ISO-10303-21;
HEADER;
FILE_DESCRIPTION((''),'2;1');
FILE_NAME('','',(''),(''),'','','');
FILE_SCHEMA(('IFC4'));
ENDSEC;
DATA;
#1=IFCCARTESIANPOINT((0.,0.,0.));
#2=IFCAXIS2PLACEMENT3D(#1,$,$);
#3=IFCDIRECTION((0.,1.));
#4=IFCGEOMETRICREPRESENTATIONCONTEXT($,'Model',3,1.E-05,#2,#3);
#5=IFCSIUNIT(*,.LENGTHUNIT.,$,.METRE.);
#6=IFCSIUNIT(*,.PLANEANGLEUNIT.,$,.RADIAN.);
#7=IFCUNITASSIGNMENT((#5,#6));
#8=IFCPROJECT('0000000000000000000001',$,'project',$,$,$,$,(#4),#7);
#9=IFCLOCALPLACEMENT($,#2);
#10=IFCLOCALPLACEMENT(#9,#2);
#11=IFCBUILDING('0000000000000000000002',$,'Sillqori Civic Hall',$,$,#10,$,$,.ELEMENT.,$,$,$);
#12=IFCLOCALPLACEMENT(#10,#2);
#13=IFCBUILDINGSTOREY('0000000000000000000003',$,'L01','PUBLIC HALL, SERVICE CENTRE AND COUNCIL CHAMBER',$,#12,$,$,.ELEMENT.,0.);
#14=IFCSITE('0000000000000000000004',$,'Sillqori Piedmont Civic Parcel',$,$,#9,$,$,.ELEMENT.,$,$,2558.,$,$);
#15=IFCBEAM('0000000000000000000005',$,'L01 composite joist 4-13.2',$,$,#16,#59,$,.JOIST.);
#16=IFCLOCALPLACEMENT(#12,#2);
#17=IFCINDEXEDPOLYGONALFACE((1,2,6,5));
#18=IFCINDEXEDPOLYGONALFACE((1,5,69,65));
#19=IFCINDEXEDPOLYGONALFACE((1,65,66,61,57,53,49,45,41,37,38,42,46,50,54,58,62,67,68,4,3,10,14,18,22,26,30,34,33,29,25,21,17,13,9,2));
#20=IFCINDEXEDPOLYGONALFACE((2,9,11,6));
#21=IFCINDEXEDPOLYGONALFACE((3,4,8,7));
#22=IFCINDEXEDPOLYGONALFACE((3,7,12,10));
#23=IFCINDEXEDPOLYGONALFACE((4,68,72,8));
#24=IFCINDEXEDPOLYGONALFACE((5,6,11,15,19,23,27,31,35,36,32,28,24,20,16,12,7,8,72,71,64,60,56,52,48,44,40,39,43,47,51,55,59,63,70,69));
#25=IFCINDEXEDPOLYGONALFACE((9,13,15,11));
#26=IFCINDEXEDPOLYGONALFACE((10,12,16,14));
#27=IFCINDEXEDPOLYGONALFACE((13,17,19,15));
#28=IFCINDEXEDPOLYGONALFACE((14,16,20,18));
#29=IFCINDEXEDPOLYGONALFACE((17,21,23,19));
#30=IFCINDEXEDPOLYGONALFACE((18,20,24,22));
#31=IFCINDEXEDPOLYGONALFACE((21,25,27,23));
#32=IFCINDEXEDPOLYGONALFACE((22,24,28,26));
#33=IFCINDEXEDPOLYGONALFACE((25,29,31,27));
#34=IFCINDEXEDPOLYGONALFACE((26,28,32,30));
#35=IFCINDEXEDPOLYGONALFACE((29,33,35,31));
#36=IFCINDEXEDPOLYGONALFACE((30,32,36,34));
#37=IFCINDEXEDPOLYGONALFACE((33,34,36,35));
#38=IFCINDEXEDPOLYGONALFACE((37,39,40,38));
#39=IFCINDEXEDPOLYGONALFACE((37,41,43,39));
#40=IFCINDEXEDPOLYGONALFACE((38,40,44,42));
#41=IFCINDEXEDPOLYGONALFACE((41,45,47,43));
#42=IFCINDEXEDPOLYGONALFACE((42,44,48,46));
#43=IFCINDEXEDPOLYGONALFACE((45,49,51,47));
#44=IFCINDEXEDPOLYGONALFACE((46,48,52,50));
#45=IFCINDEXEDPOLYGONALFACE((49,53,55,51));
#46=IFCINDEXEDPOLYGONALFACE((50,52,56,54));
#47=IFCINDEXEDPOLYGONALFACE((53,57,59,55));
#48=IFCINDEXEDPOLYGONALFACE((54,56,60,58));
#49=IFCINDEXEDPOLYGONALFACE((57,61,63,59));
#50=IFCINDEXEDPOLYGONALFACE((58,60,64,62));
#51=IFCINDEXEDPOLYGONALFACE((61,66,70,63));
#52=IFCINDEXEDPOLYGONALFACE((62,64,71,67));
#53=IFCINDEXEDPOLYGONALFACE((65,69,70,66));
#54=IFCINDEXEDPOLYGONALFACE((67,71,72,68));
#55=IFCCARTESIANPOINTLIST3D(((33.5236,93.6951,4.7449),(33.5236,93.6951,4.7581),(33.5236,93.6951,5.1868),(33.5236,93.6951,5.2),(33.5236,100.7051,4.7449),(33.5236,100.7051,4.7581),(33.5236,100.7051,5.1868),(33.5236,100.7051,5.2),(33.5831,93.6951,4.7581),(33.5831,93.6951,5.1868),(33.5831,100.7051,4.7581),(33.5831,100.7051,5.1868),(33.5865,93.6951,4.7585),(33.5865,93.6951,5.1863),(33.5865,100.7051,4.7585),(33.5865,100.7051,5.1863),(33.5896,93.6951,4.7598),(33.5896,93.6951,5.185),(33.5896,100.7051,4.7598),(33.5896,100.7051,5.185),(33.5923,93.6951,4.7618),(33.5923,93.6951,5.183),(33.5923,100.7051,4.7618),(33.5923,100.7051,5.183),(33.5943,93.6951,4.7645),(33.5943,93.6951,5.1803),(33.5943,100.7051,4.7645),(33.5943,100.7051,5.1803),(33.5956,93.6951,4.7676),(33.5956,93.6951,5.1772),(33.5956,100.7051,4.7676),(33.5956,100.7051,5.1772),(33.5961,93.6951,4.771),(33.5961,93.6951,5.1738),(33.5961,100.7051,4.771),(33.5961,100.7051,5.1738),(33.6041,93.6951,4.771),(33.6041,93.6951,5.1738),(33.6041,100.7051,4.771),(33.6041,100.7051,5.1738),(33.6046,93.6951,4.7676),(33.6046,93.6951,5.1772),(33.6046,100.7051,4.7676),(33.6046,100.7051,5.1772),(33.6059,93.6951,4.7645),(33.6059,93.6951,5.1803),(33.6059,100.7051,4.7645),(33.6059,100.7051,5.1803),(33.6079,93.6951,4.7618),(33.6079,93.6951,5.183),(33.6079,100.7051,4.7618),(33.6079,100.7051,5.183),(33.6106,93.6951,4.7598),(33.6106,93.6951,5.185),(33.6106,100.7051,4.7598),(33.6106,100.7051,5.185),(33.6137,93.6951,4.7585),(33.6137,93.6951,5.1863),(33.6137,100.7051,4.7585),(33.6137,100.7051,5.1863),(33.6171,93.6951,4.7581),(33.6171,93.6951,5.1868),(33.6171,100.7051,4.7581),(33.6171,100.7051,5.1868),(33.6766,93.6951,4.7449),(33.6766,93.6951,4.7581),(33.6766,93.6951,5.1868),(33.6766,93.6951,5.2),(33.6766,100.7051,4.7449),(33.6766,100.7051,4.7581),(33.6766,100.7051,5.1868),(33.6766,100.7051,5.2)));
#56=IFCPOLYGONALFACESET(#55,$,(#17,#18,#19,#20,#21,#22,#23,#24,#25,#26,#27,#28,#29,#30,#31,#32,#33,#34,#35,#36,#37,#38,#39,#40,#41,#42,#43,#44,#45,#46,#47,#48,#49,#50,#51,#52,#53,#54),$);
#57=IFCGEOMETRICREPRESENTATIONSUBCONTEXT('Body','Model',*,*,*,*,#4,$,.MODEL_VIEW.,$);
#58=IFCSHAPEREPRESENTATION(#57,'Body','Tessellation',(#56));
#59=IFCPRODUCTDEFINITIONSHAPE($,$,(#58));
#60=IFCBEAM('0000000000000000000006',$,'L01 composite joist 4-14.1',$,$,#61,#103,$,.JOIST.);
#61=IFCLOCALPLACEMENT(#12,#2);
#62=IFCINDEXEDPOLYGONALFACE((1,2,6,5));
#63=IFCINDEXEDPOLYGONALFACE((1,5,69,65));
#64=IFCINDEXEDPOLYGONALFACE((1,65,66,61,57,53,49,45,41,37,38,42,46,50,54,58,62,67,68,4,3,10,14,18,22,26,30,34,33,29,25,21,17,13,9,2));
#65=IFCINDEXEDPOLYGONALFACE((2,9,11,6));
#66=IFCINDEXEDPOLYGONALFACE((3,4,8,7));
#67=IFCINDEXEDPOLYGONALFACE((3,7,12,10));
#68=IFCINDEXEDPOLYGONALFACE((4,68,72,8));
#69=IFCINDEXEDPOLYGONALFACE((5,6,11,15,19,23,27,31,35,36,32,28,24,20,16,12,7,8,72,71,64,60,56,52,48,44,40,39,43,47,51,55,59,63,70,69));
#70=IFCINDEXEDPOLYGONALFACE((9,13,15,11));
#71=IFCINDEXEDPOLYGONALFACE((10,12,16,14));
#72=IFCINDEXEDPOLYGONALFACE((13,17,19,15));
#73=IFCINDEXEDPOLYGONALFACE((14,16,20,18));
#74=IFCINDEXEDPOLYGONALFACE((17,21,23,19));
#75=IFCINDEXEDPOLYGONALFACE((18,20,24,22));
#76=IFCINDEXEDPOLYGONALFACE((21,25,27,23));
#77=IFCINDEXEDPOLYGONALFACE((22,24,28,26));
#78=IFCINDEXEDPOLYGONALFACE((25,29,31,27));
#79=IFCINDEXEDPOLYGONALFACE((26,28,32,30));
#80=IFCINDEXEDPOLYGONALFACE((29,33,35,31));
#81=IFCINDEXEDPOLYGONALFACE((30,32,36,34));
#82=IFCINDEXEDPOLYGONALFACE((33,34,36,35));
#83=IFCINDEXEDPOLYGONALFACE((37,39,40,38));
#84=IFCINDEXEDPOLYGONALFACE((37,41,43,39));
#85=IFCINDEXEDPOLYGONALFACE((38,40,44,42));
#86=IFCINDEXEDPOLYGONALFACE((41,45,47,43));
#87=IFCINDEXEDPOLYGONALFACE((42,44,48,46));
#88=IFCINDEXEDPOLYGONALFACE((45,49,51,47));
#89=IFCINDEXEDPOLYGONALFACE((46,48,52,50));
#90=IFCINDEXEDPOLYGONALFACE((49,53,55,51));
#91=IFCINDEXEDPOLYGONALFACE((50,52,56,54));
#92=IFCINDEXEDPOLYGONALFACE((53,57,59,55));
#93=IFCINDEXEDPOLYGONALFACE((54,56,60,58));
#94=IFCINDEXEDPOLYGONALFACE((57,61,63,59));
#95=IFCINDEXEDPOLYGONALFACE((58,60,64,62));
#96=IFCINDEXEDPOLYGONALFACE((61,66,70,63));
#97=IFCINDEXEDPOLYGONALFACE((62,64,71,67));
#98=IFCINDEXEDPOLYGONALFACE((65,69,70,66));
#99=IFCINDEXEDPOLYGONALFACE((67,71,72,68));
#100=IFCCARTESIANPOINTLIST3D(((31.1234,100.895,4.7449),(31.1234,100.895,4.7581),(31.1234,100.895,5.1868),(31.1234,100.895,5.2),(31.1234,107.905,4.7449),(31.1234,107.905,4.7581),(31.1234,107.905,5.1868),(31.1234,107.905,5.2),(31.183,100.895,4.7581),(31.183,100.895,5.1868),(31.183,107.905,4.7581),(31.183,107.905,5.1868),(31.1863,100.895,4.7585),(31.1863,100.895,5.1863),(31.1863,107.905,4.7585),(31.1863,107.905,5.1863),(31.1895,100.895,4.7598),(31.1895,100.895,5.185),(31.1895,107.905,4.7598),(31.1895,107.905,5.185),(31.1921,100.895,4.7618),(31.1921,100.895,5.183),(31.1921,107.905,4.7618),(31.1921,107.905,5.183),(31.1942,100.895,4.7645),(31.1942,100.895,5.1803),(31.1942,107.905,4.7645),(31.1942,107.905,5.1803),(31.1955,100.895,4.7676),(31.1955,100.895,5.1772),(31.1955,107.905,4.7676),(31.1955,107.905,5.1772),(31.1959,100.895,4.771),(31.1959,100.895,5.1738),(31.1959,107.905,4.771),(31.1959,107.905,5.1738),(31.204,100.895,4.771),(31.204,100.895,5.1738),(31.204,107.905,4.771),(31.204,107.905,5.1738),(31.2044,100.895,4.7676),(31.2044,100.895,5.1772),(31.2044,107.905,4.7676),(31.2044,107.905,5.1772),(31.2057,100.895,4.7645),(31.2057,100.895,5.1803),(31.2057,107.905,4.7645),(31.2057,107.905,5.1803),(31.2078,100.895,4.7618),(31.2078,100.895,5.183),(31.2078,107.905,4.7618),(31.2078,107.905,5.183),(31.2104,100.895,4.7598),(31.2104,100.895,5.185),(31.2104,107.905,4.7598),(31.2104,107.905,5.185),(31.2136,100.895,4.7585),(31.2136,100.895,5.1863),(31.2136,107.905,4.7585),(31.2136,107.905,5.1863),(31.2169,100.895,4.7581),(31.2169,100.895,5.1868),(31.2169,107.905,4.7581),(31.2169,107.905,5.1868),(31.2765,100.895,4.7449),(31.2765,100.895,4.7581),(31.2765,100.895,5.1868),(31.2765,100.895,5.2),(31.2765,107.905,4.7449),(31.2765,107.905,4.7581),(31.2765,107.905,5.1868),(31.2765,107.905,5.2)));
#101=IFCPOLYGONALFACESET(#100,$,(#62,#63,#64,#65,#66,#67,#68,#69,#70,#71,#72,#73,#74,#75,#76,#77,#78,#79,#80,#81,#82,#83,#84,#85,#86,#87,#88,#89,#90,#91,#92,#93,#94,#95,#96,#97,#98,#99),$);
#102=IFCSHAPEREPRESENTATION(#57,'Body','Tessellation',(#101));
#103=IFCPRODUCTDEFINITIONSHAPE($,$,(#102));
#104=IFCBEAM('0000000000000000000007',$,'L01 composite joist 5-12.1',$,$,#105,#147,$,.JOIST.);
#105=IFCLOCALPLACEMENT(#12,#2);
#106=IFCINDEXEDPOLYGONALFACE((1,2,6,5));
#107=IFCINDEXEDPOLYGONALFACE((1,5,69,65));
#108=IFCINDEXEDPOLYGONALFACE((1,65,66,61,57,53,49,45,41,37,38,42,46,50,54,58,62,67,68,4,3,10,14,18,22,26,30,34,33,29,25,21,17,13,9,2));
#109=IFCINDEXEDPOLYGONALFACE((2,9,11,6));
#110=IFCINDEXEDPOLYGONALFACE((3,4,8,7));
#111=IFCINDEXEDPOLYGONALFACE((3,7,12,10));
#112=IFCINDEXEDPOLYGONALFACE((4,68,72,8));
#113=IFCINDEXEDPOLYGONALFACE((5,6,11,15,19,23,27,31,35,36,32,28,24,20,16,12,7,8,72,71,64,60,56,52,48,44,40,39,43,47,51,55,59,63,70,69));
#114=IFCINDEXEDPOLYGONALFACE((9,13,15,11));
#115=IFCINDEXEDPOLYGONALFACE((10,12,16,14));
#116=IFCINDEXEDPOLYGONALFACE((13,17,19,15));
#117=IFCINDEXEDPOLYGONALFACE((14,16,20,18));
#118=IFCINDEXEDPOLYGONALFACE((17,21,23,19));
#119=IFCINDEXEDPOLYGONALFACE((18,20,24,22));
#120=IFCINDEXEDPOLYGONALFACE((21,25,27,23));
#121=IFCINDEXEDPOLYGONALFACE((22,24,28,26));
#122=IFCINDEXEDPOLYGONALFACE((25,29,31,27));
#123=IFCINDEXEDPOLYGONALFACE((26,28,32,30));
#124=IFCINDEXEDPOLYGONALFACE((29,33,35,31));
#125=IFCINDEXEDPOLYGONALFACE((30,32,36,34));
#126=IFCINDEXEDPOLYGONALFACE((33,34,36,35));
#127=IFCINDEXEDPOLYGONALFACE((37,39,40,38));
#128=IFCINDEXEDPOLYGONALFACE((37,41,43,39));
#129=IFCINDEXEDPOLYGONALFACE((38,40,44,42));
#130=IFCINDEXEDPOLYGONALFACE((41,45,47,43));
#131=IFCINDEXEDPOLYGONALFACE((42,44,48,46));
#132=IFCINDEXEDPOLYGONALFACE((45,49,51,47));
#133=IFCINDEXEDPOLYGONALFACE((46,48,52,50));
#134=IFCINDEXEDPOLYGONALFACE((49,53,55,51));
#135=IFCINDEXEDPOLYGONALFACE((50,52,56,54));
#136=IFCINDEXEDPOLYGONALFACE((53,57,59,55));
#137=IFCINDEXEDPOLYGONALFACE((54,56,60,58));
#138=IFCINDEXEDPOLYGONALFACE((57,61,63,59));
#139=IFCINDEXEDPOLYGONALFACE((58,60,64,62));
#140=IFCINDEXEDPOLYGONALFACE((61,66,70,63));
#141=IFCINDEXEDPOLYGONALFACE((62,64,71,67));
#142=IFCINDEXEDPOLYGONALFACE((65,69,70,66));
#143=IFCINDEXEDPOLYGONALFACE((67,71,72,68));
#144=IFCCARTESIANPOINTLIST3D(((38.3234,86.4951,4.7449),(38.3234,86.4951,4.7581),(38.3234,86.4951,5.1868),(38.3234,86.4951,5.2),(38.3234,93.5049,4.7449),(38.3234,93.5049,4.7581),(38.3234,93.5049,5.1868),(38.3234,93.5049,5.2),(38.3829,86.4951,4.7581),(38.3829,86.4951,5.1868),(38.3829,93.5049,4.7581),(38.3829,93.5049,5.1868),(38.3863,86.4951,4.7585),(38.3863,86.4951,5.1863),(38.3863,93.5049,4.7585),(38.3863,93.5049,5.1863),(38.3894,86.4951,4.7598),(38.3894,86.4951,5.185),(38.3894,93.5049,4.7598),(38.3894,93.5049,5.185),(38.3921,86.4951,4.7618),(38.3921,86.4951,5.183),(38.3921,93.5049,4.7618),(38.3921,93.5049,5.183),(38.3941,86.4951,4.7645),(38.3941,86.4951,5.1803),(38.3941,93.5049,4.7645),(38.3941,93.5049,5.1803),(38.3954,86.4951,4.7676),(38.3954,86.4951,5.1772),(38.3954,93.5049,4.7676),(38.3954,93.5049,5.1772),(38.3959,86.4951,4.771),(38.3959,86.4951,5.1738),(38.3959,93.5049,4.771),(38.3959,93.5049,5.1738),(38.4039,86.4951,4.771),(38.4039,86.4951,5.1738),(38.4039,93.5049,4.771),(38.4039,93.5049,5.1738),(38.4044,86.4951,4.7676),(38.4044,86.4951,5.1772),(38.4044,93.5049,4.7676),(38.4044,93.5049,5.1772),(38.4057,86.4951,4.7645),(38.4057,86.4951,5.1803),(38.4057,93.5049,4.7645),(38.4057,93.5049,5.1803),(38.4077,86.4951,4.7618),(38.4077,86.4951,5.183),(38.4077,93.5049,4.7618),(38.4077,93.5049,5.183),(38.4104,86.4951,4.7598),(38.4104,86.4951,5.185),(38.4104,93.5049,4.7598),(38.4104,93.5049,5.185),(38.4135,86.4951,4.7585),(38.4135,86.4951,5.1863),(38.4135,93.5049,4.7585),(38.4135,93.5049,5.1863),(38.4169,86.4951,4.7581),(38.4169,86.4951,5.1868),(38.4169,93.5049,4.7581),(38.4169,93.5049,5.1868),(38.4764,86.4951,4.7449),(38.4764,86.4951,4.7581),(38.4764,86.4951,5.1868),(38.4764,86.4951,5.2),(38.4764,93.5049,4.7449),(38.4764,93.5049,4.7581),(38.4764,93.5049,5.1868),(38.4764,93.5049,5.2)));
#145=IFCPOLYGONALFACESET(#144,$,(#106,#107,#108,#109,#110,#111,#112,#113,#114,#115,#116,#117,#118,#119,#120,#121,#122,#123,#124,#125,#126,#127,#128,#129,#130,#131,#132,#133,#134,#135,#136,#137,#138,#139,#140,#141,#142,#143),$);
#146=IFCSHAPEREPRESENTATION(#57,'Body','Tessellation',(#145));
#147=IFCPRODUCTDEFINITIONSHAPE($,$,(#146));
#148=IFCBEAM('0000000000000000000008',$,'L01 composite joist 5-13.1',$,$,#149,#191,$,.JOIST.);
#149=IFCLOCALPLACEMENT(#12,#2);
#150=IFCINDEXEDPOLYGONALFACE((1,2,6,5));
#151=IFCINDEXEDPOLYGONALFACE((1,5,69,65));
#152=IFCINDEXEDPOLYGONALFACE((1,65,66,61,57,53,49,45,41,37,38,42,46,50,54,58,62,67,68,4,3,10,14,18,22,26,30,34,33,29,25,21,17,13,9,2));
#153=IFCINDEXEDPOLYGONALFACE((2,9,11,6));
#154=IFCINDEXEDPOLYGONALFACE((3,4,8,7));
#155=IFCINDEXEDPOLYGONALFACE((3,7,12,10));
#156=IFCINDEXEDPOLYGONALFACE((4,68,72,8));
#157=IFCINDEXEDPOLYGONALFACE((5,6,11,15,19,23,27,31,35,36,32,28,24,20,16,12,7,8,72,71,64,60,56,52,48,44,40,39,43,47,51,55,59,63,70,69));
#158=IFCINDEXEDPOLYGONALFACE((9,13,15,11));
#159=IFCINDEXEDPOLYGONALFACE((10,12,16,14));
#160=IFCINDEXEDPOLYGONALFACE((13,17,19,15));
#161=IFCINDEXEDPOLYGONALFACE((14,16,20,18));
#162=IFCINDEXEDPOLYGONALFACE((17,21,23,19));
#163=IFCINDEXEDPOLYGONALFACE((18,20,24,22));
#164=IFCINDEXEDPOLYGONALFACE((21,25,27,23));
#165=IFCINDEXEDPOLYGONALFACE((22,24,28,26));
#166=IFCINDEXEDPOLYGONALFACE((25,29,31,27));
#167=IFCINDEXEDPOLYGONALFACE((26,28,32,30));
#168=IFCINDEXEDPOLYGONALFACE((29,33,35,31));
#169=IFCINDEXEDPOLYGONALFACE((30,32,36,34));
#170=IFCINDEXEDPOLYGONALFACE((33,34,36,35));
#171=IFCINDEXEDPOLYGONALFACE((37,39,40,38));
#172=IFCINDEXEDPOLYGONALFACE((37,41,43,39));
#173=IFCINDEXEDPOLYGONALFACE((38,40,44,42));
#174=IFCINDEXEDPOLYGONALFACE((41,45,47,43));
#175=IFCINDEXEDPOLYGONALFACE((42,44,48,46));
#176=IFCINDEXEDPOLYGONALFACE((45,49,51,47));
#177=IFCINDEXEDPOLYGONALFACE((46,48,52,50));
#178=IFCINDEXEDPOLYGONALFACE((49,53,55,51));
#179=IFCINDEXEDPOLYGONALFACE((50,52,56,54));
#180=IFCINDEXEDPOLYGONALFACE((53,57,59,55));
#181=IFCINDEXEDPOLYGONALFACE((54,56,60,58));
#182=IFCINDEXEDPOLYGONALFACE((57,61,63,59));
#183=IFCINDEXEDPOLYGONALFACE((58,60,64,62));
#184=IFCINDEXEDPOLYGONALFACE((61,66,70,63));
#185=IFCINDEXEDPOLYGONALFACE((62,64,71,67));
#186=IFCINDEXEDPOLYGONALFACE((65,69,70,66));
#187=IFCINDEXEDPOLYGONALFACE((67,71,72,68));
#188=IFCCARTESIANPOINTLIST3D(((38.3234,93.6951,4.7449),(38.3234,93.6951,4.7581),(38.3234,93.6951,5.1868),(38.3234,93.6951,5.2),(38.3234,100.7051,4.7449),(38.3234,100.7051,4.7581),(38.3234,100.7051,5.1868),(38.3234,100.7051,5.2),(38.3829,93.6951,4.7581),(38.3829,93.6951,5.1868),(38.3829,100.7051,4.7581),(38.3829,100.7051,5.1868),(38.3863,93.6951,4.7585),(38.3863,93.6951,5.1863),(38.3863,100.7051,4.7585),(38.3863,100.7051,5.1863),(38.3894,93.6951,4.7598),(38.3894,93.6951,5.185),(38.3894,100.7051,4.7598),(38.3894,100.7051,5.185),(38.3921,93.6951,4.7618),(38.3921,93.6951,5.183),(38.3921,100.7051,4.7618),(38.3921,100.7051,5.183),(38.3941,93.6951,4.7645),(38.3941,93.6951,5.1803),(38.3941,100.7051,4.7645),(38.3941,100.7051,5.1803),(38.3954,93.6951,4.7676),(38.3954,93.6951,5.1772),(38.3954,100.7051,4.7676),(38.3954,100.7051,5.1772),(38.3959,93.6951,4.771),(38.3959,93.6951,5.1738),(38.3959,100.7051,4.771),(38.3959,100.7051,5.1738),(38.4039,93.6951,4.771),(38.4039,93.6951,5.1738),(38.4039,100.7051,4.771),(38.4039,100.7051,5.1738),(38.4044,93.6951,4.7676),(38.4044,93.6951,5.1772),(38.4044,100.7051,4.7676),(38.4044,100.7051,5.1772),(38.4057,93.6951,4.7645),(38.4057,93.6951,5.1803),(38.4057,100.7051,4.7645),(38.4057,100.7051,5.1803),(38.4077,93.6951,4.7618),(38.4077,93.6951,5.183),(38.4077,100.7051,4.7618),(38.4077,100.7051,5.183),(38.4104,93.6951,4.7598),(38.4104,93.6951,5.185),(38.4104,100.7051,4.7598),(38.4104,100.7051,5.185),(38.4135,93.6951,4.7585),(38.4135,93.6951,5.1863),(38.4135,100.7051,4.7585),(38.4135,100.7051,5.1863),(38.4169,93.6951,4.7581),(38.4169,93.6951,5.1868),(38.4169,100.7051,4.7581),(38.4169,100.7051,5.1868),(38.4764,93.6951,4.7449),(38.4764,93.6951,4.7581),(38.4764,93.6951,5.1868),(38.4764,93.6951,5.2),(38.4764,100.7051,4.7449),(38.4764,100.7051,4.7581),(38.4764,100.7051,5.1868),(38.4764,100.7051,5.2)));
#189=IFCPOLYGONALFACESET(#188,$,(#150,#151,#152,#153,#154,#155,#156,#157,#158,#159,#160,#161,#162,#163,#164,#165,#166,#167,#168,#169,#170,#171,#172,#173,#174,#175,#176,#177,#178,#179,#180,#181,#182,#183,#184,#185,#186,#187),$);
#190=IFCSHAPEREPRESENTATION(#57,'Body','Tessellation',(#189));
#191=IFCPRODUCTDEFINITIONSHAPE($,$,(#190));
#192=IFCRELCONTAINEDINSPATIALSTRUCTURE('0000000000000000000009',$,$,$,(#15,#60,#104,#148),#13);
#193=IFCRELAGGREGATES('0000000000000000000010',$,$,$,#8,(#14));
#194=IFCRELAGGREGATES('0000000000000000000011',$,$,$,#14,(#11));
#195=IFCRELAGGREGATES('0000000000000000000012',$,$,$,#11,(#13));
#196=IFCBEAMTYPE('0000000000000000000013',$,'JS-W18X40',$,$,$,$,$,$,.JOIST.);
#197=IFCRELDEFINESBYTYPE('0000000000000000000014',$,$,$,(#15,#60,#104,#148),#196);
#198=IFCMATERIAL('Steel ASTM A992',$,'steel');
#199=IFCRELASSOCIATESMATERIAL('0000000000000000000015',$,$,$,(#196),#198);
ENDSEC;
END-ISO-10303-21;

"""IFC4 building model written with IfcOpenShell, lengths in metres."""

from ifc_helpers import new_model, si_unit, direction, frame, origin, origin_2d, place, context, subcontext, project, spatial, i_section, extrude, material, material_profile, profile_set, type_object, element, save


model = new_model("IFC4")

# Units and contexts
model_context = context("Model", 3, precision=1e-05, world=origin(), true_north=direction((0.0, 1.0)))
body_context = subcontext(model_context, "Body", "Model", "MODEL_VIEW")
ifc_project = project(units=[si_unit("LENGTHUNIT", "METRE"), si_unit("PLANEANGLEUNIT", "RADIAN")], contexts=[model_context])

# Site, building, storey
site_placement = place(None, origin())
site = spatial("IfcSite", under=ifc_project, at=site_placement, Name="Sillqori Piedmont Civic Parcel", CompositionType="ELEMENT", RefElevation=2558.0)
building_placement = place(site_placement, origin())
building = spatial("IfcBuilding", under=site, at=building_placement, Name="Sillqori Civic Hall", CompositionType="ELEMENT")
storey_placement = place(building_placement, origin())
storey = spatial("IfcBuildingStorey", under=building, at=storey_placement, Name="L01", Description="PUBLIC HALL, SERVICE CENTRE AND COUNCIL CHAMBER", CompositionType="ELEMENT", Elevation=0.0)

# Shared definitions
ifc_material_1 = material(Name="Steel ASTM A992", Category="steel")

# Beams
ifc_material_profile_1 = material_profile(ifc_material_1, i_section(OverallWidth=0.1531, OverallDepth=0.4551, WebThickness=0.0081, FlangeThickness=0.0132, FilletRadius=0.0129, at=origin_2d()), Name="W18X40")
ifc_profile_set_1 = profile_set([ifc_material_profile_1], Name="Steel ASTM A992")
beam_type_1 = type_object("IfcBeamType", Name="JS-W18X40", PredefinedType="JOIST", material=ifc_profile_set_1)
for number, where, z_axis, x_axis, name in (
    (1, (33.6001, 93.6951, 4.9724), (0.0, 1.0, 0.0), (-1.0, 0.0, 0.0), "L01 composite joist 4-13.2"),
    (2, (31.2, 100.895, 4.9724), (0.0, 1.0, 0.0), (-1.0, 0.0, 0.0), "L01 composite joist 4-14.1"),
):
    element("IfcBeam", number, at=place(storey_placement, frame(where, z_axis=z_axis, x_axis=x_axis)), inside=storey, type_object=beam_type_1, Name=name, PredefinedType="JOIST", context=body_context, shape_type="SweptSolid", body=[
        extrude(i_section(OverallWidth=0.1531, OverallDepth=0.4551, WebThickness=0.0081, FlangeThickness=0.0132, FilletRadius=0.0129, at=origin_2d()), origin(), (0.0, 0.0, 1.0), 7.01),
    ])
beam_1_placement = place(storey_placement, frame((38.3999, 86.4951, 4.9724), z_axis=(0.0, 1.0, 0.0), x_axis=(-1.0, 0.0, 0.0)))
element("IfcBeam", 3, at=beam_1_placement, inside=storey, type_object=beam_type_1, Name="L01 composite joist 5-12.1", PredefinedType="JOIST", context=body_context, shape_type="SweptSolid", body=[
    extrude(i_section(OverallWidth=0.1531, OverallDepth=0.4551, WebThickness=0.0081, FlangeThickness=0.0132, FilletRadius=0.0129, at=origin_2d()), origin(), (0.0, 0.0, 1.0), 7.0098),
])
beam_2_placement = place(storey_placement, frame((38.3999, 93.6951, 4.9724), z_axis=(0.0, 1.0, 0.0), x_axis=(-1.0, 0.0, 0.0)))
element("IfcBeam", 4, at=beam_2_placement, inside=storey, type_object=beam_type_1, Name="L01 composite joist 5-13.1", PredefinedType="JOIST", context=body_context, shape_type="SweptSolid", body=[
    extrude(i_section(OverallWidth=0.1531, OverallDepth=0.4551, WebThickness=0.0081, FlangeThickness=0.0132, FilletRadius=0.0129, at=origin_2d()), origin(), (0.0, 0.0, 1.0), 7.01),
])

save(model, "model.ifc")
